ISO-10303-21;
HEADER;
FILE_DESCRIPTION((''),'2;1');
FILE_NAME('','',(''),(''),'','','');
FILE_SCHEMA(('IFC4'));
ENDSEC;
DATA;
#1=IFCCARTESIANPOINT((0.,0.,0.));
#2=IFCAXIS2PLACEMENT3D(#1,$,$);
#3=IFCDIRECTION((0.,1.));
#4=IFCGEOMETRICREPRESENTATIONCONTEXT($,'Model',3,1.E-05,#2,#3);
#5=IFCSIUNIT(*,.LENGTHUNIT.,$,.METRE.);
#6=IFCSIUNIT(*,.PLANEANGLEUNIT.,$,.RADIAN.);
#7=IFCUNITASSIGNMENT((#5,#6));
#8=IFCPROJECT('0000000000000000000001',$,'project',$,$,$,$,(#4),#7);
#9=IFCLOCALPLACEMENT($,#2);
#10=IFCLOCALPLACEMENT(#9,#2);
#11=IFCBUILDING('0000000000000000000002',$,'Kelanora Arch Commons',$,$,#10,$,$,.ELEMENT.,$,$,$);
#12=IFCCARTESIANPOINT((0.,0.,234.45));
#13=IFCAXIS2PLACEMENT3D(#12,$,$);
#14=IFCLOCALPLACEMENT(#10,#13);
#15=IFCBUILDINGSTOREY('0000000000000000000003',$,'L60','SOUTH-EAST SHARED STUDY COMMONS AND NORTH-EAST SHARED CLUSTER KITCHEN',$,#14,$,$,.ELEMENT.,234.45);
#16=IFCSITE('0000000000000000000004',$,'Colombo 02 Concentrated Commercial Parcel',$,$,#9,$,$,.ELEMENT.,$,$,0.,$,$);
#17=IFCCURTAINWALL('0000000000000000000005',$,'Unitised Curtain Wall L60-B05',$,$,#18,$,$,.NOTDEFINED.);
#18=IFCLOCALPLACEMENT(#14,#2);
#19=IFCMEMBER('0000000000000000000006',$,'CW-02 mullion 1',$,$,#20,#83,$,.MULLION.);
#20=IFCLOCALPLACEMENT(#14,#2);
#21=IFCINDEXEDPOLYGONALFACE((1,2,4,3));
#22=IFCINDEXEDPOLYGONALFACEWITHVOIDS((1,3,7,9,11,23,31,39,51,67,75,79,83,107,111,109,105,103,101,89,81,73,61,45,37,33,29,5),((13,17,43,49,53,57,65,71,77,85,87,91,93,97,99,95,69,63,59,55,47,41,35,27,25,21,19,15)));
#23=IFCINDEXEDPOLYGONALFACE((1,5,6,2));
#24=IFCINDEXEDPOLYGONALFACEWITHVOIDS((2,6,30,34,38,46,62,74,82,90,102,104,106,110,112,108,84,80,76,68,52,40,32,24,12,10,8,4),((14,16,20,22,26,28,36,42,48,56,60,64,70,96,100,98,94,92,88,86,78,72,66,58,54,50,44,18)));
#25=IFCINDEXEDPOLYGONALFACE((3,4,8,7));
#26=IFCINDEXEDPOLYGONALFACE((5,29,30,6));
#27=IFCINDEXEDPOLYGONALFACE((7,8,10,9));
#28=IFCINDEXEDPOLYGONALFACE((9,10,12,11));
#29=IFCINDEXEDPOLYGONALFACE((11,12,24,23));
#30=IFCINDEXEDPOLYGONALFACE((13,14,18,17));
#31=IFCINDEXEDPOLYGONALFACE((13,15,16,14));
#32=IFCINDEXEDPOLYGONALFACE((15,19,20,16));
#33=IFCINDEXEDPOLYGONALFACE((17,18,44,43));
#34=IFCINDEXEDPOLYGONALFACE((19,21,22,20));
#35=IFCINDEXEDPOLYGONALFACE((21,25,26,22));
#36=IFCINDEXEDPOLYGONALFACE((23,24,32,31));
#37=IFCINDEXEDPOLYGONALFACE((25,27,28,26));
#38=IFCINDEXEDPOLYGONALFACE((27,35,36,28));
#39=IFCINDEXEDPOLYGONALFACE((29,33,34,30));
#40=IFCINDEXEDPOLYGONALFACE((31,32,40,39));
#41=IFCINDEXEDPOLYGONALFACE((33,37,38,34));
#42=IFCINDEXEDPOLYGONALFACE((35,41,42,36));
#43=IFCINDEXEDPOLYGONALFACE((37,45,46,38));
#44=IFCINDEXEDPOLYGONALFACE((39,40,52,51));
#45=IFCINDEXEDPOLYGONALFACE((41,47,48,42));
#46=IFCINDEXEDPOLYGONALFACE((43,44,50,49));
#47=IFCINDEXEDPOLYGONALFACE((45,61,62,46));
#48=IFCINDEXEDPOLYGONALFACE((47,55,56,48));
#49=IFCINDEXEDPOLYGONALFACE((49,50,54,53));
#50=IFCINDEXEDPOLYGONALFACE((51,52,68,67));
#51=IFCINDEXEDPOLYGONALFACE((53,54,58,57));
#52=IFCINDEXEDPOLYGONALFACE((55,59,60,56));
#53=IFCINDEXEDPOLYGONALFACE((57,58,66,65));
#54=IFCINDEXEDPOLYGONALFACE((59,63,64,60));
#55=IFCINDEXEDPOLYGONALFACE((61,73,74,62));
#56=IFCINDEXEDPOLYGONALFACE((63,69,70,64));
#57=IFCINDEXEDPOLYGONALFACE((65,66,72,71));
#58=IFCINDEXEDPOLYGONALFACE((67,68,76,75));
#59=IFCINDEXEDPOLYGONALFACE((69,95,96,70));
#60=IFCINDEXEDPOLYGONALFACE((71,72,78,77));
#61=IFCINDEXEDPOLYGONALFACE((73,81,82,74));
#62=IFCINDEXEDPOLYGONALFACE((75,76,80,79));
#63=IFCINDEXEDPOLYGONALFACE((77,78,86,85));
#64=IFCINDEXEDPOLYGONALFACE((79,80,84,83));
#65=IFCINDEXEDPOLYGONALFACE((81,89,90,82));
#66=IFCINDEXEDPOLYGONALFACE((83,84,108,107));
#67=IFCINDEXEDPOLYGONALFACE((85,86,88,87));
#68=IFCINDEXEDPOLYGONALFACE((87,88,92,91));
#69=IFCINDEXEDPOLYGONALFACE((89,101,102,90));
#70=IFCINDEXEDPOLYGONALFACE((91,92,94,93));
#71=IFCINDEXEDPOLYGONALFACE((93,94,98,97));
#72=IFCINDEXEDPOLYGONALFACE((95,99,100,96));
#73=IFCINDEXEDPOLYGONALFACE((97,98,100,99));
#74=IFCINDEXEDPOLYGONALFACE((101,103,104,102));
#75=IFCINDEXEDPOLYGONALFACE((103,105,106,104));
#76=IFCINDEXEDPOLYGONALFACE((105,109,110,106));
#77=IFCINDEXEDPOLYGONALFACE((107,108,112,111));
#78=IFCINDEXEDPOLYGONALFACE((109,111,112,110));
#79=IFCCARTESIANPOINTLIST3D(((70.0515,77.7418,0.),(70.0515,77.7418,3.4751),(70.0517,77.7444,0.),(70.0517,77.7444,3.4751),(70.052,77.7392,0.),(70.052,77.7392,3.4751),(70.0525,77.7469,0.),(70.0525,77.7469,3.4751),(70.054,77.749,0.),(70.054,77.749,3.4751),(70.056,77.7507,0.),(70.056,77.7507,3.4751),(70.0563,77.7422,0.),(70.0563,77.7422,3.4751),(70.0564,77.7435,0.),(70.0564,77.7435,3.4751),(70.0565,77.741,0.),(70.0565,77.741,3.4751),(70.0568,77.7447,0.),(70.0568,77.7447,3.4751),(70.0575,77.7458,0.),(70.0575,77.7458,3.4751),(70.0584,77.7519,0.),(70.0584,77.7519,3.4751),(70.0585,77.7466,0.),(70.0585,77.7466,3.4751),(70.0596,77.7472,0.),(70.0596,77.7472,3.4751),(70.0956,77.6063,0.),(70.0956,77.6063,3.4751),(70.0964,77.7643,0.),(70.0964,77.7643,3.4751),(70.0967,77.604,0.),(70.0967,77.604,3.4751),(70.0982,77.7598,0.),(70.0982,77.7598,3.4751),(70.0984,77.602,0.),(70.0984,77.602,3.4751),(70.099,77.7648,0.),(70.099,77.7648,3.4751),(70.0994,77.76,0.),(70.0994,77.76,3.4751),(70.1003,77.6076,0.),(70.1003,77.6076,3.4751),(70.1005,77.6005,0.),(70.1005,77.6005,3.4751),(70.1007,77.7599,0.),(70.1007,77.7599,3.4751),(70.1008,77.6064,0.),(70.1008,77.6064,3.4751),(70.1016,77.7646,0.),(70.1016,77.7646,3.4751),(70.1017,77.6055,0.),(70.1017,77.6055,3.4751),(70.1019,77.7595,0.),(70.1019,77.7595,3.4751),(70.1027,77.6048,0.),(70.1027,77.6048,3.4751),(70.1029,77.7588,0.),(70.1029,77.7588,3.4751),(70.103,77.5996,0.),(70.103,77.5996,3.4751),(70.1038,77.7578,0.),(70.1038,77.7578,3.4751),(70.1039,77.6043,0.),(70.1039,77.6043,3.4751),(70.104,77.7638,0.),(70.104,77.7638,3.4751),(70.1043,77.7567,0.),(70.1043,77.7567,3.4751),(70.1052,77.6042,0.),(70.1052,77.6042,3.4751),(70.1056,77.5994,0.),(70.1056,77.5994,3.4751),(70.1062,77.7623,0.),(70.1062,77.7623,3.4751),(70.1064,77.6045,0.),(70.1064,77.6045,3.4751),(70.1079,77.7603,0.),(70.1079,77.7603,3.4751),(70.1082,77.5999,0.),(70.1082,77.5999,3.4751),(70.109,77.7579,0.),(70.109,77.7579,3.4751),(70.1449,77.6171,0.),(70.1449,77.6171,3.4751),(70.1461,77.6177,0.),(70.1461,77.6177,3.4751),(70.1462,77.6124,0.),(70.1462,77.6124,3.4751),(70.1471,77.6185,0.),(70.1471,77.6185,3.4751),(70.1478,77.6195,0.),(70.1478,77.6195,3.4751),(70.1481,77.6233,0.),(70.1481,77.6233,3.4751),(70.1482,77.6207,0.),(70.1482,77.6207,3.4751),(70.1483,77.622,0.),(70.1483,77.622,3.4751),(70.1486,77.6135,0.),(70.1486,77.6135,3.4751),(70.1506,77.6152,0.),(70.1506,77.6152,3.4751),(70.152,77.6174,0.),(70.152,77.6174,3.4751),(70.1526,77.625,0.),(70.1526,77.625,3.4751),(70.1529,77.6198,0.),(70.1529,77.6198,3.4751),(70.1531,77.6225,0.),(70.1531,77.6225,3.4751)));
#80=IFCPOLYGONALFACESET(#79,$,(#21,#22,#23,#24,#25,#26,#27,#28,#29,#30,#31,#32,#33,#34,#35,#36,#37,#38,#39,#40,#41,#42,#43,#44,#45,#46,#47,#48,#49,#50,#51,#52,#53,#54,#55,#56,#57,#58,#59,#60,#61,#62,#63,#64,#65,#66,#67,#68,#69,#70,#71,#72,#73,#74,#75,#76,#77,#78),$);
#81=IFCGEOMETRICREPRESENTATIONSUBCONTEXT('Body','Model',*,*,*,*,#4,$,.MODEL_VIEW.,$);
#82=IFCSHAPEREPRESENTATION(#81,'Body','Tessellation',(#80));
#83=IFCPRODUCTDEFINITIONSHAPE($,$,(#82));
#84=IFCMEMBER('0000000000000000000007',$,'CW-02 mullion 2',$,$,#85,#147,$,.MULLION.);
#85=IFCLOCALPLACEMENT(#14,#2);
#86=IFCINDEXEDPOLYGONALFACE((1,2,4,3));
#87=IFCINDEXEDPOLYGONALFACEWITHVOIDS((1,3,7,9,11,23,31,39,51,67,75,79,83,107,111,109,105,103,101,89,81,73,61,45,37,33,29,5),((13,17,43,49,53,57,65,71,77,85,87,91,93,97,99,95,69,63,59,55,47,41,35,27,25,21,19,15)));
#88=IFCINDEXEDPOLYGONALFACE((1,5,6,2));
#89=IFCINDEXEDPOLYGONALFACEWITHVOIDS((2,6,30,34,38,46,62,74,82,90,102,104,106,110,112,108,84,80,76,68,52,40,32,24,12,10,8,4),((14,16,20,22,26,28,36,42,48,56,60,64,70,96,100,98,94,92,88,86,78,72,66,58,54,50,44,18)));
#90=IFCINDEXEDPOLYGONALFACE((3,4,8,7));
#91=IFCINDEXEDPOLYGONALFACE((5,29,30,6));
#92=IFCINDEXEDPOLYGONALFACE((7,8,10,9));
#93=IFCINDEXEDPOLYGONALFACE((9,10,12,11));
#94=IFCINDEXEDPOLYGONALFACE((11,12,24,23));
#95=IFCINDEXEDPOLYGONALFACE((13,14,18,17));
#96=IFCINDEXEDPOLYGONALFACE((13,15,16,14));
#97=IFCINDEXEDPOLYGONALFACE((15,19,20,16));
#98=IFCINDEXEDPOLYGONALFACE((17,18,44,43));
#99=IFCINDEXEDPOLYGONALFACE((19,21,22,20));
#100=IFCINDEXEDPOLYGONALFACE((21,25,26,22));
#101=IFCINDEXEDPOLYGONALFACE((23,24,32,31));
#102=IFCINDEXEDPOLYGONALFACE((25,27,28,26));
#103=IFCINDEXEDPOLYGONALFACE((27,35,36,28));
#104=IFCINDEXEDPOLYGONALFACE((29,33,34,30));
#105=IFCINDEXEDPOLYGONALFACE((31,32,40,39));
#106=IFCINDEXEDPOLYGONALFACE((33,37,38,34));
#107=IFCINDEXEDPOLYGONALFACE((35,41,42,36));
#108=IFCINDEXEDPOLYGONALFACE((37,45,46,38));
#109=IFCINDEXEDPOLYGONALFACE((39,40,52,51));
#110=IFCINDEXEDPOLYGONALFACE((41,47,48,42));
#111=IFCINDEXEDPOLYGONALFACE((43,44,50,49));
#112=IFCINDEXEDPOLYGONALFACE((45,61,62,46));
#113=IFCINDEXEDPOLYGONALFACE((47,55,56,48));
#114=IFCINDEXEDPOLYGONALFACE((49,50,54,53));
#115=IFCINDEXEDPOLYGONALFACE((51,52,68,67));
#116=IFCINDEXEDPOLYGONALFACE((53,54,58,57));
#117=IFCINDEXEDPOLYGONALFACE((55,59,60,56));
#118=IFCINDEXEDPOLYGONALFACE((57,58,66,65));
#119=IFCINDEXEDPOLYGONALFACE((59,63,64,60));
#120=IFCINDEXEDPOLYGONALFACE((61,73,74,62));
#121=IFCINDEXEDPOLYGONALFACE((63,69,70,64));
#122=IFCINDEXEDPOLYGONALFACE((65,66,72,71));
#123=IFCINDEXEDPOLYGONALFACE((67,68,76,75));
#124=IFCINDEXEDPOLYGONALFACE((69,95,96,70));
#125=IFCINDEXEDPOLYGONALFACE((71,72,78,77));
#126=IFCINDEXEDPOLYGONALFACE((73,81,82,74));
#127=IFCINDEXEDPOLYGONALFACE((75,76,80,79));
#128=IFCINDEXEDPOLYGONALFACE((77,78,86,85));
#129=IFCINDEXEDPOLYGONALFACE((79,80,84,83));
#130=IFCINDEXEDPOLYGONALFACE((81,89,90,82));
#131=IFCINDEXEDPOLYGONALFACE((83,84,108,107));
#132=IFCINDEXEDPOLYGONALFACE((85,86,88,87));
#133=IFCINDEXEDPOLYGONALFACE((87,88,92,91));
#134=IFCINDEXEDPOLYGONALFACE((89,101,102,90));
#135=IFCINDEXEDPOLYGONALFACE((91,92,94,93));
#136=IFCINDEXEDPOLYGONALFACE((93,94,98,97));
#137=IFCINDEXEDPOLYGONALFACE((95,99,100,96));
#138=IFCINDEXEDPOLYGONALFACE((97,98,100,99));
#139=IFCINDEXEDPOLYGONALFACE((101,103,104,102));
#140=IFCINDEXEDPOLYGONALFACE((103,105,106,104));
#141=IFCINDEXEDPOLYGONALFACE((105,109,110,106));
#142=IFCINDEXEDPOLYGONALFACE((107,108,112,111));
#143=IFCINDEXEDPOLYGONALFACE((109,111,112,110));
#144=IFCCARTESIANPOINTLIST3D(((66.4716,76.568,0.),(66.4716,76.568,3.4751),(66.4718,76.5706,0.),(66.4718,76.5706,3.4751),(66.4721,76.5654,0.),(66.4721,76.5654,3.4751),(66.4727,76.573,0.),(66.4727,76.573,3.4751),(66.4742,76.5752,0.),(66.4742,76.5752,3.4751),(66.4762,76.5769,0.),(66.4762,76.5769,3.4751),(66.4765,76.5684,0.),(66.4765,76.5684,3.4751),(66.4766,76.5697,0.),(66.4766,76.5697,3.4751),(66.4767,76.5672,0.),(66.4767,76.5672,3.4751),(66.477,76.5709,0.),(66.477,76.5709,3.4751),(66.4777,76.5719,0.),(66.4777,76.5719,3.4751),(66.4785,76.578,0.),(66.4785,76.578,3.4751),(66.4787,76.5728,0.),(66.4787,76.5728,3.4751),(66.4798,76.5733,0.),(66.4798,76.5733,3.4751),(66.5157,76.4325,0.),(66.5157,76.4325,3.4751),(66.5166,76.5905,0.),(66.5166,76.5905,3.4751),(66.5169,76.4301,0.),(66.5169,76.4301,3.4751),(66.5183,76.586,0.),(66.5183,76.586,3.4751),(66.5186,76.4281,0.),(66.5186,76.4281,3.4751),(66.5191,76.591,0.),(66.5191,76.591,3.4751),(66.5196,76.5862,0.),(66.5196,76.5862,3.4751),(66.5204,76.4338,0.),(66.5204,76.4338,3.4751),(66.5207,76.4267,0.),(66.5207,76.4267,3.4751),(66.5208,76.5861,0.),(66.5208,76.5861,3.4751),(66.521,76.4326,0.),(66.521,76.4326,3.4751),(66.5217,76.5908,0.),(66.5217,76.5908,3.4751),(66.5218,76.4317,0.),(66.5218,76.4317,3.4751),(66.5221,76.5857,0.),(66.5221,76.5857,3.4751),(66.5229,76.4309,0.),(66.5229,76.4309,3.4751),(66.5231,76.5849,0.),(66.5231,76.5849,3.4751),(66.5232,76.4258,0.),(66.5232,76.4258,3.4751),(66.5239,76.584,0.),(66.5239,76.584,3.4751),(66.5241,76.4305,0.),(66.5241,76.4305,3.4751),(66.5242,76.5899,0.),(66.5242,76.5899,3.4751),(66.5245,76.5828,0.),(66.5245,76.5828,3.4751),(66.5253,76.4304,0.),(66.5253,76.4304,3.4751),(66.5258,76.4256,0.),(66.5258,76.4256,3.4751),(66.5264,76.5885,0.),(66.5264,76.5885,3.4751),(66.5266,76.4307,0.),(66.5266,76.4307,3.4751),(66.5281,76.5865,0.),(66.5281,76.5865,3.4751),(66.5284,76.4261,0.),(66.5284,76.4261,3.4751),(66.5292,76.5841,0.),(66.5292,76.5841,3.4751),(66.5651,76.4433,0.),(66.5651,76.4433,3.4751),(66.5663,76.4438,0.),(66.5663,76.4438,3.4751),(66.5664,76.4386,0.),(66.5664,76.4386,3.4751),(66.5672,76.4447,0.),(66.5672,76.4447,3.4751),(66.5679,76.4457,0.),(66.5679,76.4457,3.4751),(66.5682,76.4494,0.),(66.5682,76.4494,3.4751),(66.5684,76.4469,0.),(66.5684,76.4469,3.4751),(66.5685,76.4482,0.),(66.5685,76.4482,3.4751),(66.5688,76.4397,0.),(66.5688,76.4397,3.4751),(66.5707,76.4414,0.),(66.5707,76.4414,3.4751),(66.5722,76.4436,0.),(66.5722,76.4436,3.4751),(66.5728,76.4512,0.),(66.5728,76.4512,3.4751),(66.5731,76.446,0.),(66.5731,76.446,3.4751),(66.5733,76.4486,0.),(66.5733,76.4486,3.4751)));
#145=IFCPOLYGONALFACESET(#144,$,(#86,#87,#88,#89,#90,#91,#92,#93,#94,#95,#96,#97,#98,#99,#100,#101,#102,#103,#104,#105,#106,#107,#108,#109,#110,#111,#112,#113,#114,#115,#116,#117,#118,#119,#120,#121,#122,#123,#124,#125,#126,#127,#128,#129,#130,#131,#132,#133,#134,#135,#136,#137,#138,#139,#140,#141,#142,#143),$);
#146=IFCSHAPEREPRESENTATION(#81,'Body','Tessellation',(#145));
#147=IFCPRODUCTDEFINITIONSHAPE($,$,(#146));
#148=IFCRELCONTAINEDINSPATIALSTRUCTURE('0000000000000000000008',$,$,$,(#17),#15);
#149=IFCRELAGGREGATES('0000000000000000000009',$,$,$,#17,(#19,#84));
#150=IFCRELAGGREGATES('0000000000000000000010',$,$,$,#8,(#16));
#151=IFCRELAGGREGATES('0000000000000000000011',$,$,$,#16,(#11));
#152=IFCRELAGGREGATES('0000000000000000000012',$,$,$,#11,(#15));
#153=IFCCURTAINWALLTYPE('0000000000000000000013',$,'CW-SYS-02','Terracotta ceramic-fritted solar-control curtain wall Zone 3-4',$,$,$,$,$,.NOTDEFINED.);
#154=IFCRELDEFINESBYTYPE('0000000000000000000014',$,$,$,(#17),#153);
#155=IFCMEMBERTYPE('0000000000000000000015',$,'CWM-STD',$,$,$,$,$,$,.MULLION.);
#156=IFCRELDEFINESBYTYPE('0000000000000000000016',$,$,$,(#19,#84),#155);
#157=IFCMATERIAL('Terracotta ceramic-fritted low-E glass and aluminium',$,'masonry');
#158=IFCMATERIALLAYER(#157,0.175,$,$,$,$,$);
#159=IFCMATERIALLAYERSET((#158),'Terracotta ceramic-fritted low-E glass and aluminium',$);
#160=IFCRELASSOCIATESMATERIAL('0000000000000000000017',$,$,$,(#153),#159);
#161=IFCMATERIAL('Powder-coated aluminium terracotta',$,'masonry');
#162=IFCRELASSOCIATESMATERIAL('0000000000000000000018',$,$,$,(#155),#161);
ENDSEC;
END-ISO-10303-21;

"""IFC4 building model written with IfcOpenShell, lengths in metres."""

from ifc_helpers import new_model, si_unit, direction, frame, origin, origin_2d, place, context, subcontext, project, spatial, hollow_rectangle, extrude, material, layer, layer_set, material_profile, profile_set, type_object, element, aggregate, save


model = new_model("IFC4")

# Units and contexts
model_context = context("Model", 3, precision=1e-05, world=origin(), true_north=direction((0.0, 1.0)))
body_context = subcontext(model_context, "Body", "Model", "MODEL_VIEW")
ifc_project = project(units=[si_unit("LENGTHUNIT", "METRE"), si_unit("PLANEANGLEUNIT", "RADIAN")], contexts=[model_context])

# Site, building, storey
site_placement = place(None, origin())
site = spatial("IfcSite", under=ifc_project, at=site_placement, Name="Colombo 02 Concentrated Commercial Parcel", CompositionType="ELEMENT", RefElevation=0.0)
building_placement = place(site_placement, origin())
building = spatial("IfcBuilding", under=site, at=building_placement, Name="Kelanora Arch Commons", CompositionType="ELEMENT")
storey_placement = place(building_placement, frame((0.0, 0.0, 234.45)))
storey = spatial("IfcBuildingStorey", under=building, at=storey_placement, Name="L60", Description="SOUTH-EAST SHARED STUDY COMMONS AND NORTH-EAST SHARED CLUSTER KITCHEN", CompositionType="ELEMENT", Elevation=234.45)

# Curtain wall, members
ifc_material_1 = material(Name="Terracotta ceramic-fritted low-E glass and aluminium", Category="masonry")
ifc_layer_1 = layer(ifc_material_1, 0.175)
ifc_layer_set_1 = layer_set([ifc_layer_1], Name="Terracotta ceramic-fritted low-E glass and aluminium")
curtain_wall_type = type_object("IfcCurtainWallType", Name="CW-SYS-02", Description="Terracotta ceramic-fritted solar-control curtain wall Zone 3-4", PredefinedType="NOTDEFINED", material=ifc_layer_set_1)
curtain_wall_placement = place(storey_placement, origin())
curtain_wall = element("IfcCurtainWall", 1, at=curtain_wall_placement, inside=storey, type_object=curtain_wall_type, Name="Unitised Curtain Wall L60-B05", PredefinedType="NOTDEFINED")
ifc_material_2 = material(Name="Powder-coated aluminium terracotta", Category="masonry")
ifc_material_profile_1 = material_profile(ifc_material_2, hollow_rectangle(XDim=0.1599, YDim=0.0601, WallThickness=0.0049, InnerFilletRadius=0.0049, OuterFilletRadius=0.01, at=origin_2d()), Name="CWM160x60")
ifc_profile_set_1 = profile_set([ifc_material_profile_1], Name="Powder-coated aluminium terracotta")
member_type_1 = type_object("IfcMemberType", Name="CWM-STD", PredefinedType="MULLION", material=ifc_profile_set_1)
member_1_placement = place(storey_placement, frame((70.1023, 77.6821, 0.0), z_axis=(0.0, 0.0, 1.0), x_axis=(0.311582, -0.950219, 0.0)))
member_1 = element("IfcMember", 2, at=member_1_placement, type_object=member_type_1, Name="CW-02 mullion 1", PredefinedType="MULLION", context=body_context, shape_type="SweptSolid", body=[
    extrude(hollow_rectangle(XDim=0.1599, YDim=0.0601, WallThickness=0.0049, InnerFilletRadius=0.0049, OuterFilletRadius=0.01, at=origin_2d()), origin(), (0.0, 0.0, 1.0), 3.4751),
])
member_2_placement = place(storey_placement, frame((66.5225, 76.5083, 0.0), z_axis=(0.0, 0.0, 1.0), x_axis=(0.311582, -0.950219, 0.0)))
member_2 = element("IfcMember", 3, at=member_2_placement, type_object=member_type_1, Name="CW-02 mullion 2", PredefinedType="MULLION", context=body_context, shape_type="SweptSolid", body=[
    extrude(hollow_rectangle(XDim=0.1599, YDim=0.0601, WallThickness=0.0049, InnerFilletRadius=0.0049, OuterFilletRadius=0.01, at=origin_2d()), origin(), (0.0, 0.0, 1.0), 3.4751),
])
aggregate(curtain_wall, [member_1, member_2])

save(model, "model.ifc")
